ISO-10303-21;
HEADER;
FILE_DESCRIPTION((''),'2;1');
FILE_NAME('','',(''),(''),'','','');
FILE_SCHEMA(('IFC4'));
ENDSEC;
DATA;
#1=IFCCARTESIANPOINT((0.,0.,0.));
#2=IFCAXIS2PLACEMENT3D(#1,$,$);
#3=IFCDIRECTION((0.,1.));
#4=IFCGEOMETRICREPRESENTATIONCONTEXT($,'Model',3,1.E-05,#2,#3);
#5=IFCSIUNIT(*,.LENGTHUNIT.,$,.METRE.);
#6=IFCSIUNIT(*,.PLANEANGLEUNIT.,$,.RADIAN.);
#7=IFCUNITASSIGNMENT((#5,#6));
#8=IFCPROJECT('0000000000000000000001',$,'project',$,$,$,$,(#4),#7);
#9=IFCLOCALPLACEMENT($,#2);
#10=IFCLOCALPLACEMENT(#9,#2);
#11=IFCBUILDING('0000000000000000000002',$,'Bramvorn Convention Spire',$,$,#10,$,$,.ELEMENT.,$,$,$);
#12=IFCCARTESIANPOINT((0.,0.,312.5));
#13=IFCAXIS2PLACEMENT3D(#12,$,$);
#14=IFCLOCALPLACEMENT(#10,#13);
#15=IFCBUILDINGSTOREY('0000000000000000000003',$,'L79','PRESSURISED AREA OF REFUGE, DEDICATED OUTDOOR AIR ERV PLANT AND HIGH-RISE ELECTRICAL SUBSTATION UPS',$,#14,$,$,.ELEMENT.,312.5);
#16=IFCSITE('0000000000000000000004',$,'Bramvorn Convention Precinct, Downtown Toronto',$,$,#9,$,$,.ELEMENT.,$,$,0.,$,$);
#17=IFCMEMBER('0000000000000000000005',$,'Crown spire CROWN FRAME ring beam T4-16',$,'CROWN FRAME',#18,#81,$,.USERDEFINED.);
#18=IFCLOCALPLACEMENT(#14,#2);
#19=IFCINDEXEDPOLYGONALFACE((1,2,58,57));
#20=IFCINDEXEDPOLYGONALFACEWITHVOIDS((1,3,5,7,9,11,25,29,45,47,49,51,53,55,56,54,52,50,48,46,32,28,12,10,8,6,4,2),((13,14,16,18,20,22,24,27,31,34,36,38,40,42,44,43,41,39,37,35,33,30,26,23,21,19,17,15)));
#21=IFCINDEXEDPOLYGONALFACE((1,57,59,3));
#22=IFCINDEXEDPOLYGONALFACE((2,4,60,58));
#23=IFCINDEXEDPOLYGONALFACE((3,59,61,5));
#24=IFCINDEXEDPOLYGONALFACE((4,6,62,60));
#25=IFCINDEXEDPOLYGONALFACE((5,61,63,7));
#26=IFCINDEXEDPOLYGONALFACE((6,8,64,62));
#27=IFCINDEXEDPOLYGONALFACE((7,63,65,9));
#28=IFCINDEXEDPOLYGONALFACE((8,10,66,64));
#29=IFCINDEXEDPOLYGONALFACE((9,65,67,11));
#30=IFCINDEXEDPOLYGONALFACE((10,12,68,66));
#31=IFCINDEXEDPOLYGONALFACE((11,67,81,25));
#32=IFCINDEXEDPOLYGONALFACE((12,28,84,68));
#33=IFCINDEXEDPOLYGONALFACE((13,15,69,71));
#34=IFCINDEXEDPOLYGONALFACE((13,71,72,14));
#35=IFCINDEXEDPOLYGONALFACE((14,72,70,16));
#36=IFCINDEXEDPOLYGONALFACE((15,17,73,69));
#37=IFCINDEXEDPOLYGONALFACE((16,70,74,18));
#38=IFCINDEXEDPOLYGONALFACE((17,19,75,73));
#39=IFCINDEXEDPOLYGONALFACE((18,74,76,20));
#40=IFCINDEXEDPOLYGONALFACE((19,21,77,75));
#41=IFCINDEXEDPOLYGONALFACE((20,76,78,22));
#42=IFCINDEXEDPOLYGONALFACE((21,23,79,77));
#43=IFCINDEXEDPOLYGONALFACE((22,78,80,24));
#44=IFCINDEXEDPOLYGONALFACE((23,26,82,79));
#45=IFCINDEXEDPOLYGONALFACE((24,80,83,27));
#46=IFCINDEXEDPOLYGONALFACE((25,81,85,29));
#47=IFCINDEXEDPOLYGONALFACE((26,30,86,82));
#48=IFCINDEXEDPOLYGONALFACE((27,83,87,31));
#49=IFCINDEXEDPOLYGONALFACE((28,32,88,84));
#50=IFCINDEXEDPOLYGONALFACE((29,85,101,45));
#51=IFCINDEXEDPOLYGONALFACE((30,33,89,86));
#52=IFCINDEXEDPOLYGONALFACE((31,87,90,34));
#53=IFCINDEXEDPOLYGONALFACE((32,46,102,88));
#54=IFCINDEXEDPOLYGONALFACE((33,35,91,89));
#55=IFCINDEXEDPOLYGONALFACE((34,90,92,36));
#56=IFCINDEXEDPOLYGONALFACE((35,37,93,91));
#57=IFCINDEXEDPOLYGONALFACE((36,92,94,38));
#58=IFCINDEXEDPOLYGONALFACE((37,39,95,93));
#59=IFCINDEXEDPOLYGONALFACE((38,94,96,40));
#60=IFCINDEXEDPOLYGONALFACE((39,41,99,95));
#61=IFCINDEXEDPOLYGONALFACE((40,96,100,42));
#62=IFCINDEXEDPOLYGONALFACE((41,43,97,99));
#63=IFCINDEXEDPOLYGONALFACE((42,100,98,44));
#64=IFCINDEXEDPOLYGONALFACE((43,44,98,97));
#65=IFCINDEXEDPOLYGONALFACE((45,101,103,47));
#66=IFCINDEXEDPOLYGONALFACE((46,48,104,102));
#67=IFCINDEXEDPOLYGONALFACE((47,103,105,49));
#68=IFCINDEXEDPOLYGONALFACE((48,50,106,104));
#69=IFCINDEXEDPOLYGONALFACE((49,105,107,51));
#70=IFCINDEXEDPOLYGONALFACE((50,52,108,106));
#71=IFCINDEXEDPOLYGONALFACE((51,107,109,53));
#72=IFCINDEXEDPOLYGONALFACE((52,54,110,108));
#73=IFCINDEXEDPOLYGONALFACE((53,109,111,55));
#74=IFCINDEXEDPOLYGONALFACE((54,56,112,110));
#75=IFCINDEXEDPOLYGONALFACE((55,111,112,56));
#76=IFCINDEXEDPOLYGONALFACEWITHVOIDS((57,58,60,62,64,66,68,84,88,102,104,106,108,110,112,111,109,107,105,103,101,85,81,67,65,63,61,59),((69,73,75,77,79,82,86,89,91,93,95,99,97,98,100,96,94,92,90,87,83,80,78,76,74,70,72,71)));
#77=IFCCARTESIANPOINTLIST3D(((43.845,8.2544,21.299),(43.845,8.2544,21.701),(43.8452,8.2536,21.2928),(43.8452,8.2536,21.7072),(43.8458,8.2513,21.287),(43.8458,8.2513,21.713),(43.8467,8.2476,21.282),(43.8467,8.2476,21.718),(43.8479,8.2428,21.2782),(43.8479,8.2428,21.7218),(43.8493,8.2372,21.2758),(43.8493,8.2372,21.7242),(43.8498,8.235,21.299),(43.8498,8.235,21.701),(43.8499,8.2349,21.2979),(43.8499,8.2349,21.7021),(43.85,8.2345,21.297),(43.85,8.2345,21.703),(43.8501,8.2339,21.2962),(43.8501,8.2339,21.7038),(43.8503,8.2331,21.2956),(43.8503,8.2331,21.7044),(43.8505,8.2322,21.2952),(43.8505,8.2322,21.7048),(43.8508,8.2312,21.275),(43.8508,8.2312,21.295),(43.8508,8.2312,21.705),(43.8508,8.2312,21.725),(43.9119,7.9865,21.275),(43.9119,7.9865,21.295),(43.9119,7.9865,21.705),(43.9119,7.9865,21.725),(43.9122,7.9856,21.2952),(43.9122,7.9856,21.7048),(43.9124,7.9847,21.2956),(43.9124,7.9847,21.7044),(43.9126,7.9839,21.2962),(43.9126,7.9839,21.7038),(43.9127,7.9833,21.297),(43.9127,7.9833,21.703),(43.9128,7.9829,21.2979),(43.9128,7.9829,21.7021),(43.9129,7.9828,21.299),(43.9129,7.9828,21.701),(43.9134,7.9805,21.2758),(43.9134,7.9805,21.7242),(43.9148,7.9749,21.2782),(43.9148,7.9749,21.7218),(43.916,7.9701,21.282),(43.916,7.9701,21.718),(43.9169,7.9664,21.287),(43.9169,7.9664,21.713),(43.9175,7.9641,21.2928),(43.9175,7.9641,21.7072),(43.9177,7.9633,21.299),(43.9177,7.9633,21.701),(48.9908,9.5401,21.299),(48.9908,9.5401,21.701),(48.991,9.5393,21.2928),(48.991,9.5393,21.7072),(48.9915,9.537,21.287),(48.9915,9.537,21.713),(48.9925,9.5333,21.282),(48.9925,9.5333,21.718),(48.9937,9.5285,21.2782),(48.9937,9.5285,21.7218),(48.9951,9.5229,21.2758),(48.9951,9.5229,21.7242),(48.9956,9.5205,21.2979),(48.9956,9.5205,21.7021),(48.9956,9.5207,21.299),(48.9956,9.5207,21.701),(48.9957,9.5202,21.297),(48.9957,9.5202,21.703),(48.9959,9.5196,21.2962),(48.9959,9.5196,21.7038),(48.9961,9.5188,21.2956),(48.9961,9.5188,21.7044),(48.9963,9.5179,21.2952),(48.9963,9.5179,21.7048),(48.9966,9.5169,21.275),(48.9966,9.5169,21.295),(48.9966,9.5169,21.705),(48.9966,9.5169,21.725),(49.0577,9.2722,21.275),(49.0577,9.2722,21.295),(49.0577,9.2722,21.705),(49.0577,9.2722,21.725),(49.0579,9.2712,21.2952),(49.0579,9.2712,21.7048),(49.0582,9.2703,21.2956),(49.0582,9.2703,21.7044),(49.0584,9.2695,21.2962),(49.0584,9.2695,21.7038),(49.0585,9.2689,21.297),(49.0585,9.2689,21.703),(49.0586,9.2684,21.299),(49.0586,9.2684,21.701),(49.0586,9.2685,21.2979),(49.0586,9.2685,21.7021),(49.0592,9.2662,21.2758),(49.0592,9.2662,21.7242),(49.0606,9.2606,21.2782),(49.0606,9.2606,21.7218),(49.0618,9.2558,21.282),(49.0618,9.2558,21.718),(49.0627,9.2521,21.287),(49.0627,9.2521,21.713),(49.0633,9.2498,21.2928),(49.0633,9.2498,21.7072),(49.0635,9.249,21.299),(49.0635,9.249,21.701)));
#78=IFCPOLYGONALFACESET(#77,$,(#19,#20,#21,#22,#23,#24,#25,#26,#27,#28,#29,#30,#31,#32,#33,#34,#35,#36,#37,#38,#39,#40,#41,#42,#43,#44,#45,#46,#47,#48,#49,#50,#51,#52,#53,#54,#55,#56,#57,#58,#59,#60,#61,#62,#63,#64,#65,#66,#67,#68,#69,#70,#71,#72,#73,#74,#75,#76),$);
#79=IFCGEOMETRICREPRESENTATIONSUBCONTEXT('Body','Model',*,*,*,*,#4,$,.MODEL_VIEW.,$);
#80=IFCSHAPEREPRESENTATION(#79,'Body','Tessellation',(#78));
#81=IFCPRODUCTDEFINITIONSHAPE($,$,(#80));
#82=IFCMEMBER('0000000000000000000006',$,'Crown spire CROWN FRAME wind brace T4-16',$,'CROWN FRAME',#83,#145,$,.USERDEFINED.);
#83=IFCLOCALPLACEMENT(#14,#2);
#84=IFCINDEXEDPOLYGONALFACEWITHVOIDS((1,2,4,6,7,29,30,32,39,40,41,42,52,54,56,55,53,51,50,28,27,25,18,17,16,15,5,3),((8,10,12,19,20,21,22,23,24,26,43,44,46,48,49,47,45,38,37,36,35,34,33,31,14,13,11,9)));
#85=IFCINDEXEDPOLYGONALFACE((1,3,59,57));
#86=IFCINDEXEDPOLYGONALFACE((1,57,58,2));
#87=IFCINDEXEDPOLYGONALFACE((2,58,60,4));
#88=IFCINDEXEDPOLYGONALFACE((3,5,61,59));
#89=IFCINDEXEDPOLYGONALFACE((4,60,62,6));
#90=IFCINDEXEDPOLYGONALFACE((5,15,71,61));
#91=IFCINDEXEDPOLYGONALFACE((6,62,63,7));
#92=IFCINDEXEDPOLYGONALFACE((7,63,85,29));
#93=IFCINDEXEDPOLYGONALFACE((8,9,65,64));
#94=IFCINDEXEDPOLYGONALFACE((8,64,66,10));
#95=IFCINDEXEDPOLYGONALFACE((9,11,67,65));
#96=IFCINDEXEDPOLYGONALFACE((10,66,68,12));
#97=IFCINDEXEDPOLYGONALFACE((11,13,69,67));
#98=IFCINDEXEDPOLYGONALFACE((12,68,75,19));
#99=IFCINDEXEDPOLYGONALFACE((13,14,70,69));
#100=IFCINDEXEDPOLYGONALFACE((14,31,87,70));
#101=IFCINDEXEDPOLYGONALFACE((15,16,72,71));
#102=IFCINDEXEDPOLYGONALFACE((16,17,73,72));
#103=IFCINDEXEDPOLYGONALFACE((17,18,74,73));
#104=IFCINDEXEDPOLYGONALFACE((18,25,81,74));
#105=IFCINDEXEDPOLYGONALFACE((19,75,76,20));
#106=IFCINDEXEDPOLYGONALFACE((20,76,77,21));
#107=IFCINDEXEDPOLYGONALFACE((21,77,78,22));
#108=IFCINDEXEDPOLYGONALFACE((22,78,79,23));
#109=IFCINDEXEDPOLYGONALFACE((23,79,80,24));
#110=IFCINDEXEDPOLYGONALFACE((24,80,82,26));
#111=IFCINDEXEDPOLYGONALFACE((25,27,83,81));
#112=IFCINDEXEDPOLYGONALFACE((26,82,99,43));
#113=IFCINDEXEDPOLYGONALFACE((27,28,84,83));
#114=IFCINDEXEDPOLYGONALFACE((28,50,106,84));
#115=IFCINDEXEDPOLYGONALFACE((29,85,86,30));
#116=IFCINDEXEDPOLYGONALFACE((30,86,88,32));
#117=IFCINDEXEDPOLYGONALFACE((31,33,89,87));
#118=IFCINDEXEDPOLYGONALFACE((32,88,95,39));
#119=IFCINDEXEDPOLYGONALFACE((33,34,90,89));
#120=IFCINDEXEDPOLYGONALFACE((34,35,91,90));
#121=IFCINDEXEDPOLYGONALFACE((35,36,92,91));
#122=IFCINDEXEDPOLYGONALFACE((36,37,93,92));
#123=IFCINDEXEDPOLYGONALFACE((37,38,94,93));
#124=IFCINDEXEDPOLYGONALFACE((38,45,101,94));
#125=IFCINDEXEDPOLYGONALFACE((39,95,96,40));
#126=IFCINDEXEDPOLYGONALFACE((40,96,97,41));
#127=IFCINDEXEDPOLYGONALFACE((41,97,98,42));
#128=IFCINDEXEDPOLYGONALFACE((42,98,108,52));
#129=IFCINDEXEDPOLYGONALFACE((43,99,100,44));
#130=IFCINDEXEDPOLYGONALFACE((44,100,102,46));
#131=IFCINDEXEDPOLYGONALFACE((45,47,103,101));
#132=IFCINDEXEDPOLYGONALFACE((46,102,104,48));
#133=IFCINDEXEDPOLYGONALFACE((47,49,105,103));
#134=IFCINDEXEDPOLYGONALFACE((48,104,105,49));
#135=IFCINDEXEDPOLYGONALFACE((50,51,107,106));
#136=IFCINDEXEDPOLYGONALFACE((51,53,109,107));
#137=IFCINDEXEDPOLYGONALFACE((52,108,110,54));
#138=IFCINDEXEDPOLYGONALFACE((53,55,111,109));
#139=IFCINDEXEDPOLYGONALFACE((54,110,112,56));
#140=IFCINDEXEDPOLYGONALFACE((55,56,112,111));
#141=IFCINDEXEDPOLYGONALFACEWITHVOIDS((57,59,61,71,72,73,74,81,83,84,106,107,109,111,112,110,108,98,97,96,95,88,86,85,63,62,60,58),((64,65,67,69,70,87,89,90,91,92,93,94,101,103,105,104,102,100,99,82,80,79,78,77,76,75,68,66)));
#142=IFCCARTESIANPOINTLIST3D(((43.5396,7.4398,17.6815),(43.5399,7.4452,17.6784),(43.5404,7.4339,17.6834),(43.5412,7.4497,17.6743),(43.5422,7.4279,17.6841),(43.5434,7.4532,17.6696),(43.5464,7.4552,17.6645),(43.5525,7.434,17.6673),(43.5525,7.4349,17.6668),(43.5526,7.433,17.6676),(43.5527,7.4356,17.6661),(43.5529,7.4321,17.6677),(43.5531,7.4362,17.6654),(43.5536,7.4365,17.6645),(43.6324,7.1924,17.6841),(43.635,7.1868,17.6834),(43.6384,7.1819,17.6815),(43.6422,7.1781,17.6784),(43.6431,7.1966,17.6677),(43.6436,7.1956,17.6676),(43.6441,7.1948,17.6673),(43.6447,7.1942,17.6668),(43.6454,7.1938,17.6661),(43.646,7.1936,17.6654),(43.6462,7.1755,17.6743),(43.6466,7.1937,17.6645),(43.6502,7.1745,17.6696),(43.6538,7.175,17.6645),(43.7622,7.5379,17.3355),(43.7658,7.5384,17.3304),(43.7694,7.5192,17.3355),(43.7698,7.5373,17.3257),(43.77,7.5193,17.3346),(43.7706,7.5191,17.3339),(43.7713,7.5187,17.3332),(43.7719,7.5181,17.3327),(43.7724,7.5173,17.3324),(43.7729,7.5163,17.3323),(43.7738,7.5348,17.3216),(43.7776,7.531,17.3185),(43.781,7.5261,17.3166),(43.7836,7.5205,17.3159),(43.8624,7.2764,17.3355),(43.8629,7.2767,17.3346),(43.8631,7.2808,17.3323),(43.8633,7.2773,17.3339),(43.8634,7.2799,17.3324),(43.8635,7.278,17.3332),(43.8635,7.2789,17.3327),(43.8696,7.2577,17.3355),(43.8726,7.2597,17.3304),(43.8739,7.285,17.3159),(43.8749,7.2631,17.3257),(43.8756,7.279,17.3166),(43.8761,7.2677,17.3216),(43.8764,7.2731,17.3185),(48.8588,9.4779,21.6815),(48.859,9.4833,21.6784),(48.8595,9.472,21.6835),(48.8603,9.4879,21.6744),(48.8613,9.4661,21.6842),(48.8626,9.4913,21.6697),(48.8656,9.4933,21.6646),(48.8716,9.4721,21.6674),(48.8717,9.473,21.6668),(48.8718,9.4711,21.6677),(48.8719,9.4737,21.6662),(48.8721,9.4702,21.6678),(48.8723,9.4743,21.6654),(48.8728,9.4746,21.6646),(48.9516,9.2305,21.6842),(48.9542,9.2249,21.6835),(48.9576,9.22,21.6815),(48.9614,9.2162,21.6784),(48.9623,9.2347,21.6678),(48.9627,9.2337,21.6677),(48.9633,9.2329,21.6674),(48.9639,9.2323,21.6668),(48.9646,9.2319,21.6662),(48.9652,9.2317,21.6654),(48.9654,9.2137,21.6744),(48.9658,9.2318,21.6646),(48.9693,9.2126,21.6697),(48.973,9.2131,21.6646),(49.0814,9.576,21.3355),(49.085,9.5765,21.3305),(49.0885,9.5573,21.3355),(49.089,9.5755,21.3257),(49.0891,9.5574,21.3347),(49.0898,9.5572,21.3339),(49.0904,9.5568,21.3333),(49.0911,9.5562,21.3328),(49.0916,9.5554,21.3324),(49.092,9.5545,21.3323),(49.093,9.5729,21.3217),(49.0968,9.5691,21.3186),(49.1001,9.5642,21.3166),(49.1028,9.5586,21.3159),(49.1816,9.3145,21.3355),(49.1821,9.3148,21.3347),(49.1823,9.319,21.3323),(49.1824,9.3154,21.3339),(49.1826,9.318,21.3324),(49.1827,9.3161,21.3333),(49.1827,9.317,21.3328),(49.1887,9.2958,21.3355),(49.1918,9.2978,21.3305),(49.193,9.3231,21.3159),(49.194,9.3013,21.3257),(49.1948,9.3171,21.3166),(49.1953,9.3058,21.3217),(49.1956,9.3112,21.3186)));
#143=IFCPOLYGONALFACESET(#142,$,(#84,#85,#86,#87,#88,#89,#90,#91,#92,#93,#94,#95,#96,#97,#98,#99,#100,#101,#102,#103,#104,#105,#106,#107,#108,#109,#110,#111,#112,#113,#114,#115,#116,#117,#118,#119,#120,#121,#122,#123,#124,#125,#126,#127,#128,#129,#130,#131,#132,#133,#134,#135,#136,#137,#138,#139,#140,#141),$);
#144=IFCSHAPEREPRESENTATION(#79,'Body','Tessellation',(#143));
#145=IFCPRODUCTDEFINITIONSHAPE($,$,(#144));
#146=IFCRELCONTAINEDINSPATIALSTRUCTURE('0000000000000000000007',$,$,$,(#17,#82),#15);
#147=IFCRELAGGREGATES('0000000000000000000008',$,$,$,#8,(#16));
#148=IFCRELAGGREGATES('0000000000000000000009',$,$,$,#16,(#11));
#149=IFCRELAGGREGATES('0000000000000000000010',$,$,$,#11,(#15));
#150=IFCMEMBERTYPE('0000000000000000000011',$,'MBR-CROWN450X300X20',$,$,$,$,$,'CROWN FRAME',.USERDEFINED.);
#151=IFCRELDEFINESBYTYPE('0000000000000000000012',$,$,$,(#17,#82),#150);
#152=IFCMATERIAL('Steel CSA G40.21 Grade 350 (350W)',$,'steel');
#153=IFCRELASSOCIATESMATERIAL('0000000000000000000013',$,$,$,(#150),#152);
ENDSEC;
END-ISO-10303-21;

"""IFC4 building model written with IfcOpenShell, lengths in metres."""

from ifc_helpers import new_model, si_unit, direction, frame, origin, origin_2d, place, context, subcontext, project, spatial, hollow_rectangle, extrude, material, material_profile, profile_set, type_object, element, save


model = new_model("IFC4")

# Units and contexts
model_context = context("Model", 3, precision=1e-05, world=origin(), true_north=direction((0.0, 1.0)))
body_context = subcontext(model_context, "Body", "Model", "MODEL_VIEW")
ifc_project = project(units=[si_unit("LENGTHUNIT", "METRE"), si_unit("PLANEANGLEUNIT", "RADIAN")], contexts=[model_context])

# Site, building, storey
site_placement = place(None, origin())
site = spatial("IfcSite", under=ifc_project, at=site_placement, Name="Bramvorn Convention Precinct, Downtown Toronto", CompositionType="ELEMENT", RefElevation=0.0)
building_placement = place(site_placement, origin())
building = spatial("IfcBuilding", under=site, at=building_placement, Name="Bramvorn Convention Spire", CompositionType="ELEMENT")
storey_placement = place(building_placement, frame((0.0, 0.0, 312.5)))
storey = spatial("IfcBuildingStorey", under=building, at=storey_placement, Name="L79", Description="PRESSURISED AREA OF REFUGE, DEDICATED OUTDOOR AIR ERV PLANT AND HIGH-RISE ELECTRICAL SUBSTATION UPS", CompositionType="ELEMENT", Elevation=312.5)

# Members
ifc_material_1 = material(Name="Steel CSA G40.21 Grade 350 (350W)", Category="steel")
ifc_material_profile = material_profile(ifc_material_1, hollow_rectangle(XDim=0.3, YDim=0.45, WallThickness=0.02, InnerFilletRadius=0.0039, OuterFilletRadius=0.0239, at=origin_2d()))
ifc_profile_set = profile_set([ifc_material_profile], Name="Steel CSA G40.21 Grade 350 (350W) - CROWN450X300X20")
member_type = type_object("IfcMemberType", Name="MBR-CROWN450X300X20", ElementType="CROWN FRAME", PredefinedType="USERDEFINED", material=ifc_profile_set)
member_1_placement = place(storey_placement, frame((43.8813, 8.1089, 21.5), z_axis=(0.970178, 0.242395, 0.0), x_axis=(-0.242395, 0.970178, 0.0)))
element("IfcMember", 1, at=member_1_placement, inside=storey, type_object=member_type, Name="Crown spire CROWN FRAME ring beam T4-16", ObjectType="CROWN FRAME", PredefinedType="USERDEFINED", context=body_context, shape_type="SweptSolid", body=[
    extrude(hollow_rectangle(XDim=0.3, YDim=0.45, WallThickness=0.02, InnerFilletRadius=0.0039, OuterFilletRadius=0.0239, at=origin_2d()), origin(), (0.0, 0.0, 1.0), 5.304),
])
member_2_placement = place(storey_placement, frame((43.708, 7.3564, 17.5), z_axis=(0.764198, 0.292814, 0.574683), x_axis=(-0.357798, 0.933799, 0.0)))
element("IfcMember", 2, at=member_2_placement, inside=storey, type_object=member_type, Name="Crown spire CROWN FRAME wind brace T4-16", ObjectType="CROWN FRAME", PredefinedType="USERDEFINED", context=body_context, shape_type="SweptSolid", body=[
    extrude(hollow_rectangle(XDim=0.3, YDim=0.45, WallThickness=0.02, InnerFilletRadius=0.0039, OuterFilletRadius=0.0239, at=origin_2d()), origin(), (0.0, 0.0, 1.0), 6.9604),
])

save(model, "model.ifc")
